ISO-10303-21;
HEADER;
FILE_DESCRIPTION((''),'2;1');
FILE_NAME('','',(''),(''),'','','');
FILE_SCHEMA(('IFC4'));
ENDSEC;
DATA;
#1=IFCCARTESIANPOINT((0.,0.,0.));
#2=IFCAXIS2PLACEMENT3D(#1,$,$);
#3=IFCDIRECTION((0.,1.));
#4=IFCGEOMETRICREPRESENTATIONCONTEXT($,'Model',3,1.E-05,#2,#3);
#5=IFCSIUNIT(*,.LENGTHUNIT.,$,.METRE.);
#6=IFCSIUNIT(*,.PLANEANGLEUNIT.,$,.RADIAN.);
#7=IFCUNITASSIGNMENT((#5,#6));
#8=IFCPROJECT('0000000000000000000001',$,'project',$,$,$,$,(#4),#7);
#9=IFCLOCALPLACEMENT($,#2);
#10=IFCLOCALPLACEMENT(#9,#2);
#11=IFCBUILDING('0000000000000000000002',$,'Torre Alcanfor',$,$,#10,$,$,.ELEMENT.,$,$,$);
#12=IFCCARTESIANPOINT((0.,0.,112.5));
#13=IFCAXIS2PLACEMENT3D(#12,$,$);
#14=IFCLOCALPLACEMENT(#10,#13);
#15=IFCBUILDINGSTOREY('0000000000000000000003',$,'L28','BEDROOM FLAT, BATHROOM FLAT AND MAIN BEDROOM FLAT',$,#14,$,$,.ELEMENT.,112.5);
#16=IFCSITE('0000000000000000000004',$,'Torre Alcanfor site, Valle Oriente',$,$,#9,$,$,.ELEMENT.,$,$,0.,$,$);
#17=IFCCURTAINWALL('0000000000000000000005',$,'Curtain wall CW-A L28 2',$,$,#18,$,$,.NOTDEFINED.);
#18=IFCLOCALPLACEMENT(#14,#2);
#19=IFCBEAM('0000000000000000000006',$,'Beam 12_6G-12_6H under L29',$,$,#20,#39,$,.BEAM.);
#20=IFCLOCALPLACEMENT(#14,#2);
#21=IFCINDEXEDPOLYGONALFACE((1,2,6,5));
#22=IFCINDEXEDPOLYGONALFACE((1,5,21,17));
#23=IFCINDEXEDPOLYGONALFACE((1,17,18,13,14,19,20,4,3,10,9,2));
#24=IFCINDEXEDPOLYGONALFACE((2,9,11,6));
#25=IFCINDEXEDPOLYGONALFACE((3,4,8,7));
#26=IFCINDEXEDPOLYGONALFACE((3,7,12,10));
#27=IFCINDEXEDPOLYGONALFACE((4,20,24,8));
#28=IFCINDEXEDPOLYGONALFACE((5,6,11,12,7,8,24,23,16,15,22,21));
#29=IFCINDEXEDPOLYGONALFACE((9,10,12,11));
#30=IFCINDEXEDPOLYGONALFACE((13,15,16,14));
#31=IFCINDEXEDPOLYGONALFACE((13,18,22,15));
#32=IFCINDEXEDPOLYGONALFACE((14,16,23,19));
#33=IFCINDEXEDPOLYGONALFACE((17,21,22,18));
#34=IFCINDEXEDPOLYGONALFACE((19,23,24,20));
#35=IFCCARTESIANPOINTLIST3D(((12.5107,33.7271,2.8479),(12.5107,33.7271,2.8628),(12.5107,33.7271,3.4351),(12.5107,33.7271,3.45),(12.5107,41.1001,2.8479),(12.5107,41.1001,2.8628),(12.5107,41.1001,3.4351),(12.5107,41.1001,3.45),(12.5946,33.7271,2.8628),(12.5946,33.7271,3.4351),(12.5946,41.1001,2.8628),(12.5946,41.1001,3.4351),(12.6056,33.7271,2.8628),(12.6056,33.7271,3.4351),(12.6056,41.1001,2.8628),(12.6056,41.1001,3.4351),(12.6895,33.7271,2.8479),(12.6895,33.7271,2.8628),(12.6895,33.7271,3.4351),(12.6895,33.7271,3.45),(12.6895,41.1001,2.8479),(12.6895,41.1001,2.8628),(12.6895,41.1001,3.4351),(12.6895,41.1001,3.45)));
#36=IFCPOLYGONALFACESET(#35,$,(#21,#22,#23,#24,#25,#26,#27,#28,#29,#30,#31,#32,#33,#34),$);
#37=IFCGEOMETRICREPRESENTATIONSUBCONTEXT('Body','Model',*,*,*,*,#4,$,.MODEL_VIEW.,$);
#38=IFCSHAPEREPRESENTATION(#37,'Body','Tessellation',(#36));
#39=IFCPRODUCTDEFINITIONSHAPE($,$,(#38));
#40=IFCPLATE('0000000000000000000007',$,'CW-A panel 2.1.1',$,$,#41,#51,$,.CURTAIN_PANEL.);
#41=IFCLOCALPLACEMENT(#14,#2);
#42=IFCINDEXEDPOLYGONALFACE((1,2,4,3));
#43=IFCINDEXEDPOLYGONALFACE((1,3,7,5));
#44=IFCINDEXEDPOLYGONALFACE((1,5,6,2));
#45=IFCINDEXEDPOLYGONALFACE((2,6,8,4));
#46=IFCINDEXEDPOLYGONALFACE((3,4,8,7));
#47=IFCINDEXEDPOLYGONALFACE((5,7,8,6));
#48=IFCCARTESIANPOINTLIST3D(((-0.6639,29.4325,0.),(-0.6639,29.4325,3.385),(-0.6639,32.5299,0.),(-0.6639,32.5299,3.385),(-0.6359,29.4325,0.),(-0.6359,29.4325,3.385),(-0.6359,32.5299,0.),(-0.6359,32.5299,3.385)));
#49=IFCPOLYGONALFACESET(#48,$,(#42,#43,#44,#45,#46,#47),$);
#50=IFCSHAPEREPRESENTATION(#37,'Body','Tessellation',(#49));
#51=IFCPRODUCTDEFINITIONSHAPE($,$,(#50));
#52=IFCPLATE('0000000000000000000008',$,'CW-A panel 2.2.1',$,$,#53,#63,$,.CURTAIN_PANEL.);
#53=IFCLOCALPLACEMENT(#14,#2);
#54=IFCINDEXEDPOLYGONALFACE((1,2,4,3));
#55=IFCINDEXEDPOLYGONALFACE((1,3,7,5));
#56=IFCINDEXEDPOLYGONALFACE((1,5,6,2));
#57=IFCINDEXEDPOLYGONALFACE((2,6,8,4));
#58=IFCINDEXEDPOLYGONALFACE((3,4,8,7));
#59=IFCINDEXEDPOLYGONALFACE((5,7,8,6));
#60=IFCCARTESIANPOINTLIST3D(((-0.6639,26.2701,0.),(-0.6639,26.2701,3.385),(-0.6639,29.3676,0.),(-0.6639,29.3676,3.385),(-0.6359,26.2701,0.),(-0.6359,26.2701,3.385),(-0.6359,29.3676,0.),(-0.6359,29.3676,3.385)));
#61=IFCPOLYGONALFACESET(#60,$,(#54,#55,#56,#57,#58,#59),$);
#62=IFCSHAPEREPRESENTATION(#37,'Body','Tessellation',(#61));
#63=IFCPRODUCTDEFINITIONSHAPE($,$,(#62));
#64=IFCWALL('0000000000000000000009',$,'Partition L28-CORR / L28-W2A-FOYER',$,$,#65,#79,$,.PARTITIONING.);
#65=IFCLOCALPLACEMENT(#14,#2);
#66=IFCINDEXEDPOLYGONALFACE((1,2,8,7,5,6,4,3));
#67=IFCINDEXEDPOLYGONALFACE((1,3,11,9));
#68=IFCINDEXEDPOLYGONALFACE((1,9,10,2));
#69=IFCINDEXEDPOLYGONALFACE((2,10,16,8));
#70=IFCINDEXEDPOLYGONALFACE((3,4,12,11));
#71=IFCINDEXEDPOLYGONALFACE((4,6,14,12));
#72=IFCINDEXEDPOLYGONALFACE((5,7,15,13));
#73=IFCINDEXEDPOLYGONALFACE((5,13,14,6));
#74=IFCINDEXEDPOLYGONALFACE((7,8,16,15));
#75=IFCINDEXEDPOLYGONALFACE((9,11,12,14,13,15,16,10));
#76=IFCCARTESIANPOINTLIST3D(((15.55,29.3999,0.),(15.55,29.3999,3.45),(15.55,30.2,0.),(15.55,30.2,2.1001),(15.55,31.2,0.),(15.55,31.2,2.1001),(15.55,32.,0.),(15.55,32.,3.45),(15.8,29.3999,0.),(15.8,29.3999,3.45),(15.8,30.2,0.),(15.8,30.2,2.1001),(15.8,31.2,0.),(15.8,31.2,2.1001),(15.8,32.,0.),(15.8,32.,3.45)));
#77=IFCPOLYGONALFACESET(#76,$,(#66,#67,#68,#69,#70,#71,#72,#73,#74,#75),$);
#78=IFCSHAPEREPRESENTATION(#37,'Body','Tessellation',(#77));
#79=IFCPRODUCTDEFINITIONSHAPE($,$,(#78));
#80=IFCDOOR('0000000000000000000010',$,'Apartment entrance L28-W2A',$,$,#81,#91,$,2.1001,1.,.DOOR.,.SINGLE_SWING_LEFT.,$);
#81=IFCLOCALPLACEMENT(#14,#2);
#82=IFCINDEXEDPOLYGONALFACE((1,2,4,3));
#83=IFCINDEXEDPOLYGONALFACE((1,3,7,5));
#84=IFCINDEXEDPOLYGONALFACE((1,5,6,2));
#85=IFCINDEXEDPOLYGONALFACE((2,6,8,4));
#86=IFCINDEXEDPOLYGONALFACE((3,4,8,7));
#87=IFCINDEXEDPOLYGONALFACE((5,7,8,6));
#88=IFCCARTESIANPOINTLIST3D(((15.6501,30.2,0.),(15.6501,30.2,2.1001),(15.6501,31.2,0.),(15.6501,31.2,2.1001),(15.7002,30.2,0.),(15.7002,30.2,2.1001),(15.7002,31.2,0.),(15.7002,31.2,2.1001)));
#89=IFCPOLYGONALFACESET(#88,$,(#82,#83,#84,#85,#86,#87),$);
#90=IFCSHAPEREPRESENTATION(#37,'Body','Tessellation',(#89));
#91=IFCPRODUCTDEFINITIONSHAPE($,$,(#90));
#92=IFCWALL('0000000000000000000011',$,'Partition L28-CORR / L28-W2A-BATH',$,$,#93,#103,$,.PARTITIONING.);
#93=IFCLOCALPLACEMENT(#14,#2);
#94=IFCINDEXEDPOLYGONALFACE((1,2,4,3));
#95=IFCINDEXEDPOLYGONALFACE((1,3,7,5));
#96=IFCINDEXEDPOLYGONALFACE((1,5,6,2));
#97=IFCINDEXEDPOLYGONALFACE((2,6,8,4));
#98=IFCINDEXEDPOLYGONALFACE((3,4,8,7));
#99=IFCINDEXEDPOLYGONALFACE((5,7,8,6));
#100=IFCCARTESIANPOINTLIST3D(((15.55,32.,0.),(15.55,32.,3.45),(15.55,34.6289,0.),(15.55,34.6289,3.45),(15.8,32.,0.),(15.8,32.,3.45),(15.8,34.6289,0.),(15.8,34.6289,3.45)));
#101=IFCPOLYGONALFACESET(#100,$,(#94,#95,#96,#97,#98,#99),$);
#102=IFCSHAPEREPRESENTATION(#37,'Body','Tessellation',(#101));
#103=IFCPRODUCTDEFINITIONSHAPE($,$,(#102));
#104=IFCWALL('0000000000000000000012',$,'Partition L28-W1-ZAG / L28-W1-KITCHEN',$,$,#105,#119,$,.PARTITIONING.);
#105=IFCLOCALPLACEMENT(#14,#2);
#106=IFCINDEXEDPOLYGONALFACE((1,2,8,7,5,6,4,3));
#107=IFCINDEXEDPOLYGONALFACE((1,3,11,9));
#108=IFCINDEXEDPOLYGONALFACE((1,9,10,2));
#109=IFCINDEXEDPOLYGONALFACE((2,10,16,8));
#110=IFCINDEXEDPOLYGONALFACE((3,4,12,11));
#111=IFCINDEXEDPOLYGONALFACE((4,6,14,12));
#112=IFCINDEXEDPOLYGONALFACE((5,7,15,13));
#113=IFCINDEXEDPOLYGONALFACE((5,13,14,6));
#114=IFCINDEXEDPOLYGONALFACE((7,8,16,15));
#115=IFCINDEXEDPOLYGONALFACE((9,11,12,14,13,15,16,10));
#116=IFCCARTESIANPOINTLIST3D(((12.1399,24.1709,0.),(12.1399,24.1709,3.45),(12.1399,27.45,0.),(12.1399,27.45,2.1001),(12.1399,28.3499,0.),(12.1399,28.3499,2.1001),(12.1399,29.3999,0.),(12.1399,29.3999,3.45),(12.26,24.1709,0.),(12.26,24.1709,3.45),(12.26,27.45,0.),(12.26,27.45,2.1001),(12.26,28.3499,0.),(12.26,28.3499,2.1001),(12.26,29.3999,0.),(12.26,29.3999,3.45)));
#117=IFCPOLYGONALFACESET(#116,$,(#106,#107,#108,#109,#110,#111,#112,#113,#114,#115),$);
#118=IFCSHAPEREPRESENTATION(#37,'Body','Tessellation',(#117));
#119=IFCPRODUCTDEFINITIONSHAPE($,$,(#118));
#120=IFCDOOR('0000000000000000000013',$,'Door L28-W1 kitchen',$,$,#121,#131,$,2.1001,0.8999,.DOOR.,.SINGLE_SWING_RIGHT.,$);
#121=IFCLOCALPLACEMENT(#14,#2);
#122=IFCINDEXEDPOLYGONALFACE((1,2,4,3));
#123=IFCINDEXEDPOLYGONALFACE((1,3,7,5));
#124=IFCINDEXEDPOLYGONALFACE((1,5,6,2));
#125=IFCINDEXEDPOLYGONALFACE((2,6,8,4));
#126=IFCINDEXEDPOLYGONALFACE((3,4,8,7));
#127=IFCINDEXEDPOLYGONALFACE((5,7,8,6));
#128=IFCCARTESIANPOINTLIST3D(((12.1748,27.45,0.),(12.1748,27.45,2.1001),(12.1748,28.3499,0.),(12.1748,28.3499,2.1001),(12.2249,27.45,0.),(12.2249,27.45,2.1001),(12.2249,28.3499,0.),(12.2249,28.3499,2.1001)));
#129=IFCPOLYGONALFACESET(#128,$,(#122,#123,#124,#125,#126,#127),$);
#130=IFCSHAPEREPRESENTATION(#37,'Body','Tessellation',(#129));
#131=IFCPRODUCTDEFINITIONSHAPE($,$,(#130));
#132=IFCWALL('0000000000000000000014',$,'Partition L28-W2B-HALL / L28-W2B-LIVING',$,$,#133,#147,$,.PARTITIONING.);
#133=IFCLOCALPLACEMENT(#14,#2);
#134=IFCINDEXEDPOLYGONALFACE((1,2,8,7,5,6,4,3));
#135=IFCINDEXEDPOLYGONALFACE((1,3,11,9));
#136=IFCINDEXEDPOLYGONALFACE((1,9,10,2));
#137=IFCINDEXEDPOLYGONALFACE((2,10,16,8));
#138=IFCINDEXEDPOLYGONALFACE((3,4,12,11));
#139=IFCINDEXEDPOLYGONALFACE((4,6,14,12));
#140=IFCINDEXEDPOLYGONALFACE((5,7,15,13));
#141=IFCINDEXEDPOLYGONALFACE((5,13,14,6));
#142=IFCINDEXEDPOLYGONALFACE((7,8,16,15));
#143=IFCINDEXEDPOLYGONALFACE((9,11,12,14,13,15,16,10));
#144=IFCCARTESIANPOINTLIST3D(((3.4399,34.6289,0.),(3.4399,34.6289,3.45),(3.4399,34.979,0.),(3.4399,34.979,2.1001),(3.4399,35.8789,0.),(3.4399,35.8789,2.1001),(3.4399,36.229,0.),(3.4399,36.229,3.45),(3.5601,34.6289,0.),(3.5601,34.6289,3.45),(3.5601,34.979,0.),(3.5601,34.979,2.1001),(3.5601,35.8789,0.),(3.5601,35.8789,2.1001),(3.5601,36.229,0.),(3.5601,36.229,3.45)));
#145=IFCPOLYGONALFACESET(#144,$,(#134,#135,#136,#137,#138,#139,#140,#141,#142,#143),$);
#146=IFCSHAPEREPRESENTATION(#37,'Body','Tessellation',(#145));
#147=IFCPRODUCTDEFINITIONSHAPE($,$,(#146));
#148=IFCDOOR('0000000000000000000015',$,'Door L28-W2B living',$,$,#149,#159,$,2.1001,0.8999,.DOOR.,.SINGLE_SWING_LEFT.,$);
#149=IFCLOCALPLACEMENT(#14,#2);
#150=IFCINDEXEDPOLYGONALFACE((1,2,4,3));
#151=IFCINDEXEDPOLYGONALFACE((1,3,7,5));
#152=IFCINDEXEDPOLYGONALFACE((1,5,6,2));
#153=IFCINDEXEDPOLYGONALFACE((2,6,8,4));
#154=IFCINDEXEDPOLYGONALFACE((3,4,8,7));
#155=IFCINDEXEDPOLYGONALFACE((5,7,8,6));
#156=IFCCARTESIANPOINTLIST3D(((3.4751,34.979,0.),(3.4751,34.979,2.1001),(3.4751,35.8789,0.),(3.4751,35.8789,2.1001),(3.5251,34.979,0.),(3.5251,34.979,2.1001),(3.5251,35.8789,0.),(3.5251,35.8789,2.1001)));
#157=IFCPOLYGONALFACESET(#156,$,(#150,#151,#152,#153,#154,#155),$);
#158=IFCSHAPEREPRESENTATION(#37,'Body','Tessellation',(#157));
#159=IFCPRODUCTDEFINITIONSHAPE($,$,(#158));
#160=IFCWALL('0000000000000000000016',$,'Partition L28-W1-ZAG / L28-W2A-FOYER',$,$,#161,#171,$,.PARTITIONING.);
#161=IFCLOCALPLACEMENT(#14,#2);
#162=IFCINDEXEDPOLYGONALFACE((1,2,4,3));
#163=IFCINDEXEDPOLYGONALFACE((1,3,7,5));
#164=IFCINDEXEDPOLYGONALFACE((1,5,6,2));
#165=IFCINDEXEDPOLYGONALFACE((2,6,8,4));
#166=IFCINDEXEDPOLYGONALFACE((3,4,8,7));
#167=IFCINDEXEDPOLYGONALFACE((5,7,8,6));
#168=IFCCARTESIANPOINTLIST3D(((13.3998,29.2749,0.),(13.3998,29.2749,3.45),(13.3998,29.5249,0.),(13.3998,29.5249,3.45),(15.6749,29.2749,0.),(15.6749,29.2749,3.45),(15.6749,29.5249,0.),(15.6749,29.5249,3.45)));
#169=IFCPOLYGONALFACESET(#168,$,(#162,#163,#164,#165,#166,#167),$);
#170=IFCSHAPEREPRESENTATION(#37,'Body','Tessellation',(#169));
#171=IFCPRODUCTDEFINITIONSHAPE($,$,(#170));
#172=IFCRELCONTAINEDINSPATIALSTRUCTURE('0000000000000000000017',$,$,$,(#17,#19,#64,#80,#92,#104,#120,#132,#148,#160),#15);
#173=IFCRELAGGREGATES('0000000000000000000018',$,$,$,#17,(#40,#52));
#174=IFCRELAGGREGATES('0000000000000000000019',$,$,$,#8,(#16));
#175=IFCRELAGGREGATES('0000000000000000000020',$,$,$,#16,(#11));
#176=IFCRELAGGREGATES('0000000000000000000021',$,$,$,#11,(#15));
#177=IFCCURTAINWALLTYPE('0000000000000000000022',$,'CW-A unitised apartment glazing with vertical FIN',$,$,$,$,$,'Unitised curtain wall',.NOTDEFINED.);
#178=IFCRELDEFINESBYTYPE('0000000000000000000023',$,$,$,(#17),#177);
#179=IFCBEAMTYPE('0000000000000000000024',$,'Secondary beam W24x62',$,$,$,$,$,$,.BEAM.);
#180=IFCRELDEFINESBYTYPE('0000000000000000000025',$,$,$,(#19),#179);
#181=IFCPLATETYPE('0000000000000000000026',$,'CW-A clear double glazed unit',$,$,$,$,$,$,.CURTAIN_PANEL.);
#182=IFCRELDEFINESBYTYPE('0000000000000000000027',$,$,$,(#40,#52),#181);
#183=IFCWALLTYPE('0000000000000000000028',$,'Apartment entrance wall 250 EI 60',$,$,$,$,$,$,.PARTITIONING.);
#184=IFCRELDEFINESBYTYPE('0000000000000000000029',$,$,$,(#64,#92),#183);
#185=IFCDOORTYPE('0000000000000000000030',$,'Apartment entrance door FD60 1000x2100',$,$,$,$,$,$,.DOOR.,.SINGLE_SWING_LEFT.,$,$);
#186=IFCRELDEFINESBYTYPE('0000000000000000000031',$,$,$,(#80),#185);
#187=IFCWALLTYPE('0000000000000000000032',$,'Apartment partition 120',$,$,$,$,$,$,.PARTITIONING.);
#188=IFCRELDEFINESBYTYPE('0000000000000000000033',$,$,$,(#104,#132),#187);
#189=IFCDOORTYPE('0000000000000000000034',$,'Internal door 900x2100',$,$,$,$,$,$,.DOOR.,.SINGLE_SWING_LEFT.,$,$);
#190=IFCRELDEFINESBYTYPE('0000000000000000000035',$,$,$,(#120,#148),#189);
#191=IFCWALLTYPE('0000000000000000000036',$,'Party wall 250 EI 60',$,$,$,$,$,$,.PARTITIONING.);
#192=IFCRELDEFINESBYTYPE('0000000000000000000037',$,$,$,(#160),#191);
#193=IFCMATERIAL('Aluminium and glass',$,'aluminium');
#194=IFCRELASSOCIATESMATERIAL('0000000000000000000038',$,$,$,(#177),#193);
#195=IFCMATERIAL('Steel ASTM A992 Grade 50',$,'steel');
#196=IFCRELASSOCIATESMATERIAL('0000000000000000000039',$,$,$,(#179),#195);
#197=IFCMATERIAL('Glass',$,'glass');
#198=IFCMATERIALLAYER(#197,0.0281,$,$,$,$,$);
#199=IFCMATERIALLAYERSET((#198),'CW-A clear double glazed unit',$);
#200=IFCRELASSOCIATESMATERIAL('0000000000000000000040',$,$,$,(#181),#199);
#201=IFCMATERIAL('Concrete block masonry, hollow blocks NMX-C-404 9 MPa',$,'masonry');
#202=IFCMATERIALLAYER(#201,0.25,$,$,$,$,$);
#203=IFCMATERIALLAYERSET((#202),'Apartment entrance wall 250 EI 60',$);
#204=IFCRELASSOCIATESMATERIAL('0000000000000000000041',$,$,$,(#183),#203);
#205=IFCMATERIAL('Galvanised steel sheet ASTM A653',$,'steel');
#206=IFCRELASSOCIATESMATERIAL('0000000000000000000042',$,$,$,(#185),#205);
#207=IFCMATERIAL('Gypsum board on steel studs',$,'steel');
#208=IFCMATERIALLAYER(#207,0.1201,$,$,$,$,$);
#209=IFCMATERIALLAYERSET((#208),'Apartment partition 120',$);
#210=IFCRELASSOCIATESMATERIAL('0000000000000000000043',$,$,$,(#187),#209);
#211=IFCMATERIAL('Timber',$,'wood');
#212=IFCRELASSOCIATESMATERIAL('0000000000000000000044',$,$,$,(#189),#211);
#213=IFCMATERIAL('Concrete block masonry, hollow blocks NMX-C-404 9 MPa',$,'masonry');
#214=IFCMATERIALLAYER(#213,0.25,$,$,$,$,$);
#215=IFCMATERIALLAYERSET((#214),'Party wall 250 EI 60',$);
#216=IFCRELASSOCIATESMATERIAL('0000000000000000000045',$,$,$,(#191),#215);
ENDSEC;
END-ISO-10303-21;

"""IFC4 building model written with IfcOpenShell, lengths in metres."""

from ifc_helpers import new_model, si_unit, direction, frame, frame_2d, origin, origin_2d, place, context, subcontext, project, spatial, rectangle, i_section, extrude, material, layer, layer_set, material_profile, profile_set, type_object, element, fill, aggregate, save


model = new_model("IFC4")

# Units and contexts
model_context = context("Model", 3, precision=1e-05, world=origin(), true_north=direction((0.0, 1.0)))
body_context = subcontext(model_context, "Body", "Model", "MODEL_VIEW")
ifc_project = project(units=[si_unit("LENGTHUNIT", "METRE"), si_unit("PLANEANGLEUNIT", "RADIAN")], contexts=[model_context])

# Site, building, storey
site_placement = place(None, origin())
site = spatial("IfcSite", under=ifc_project, at=site_placement, Name="Torre Alcanfor site, Valle Oriente", CompositionType="ELEMENT", RefElevation=0.0)
building_placement = place(site_placement, origin())
building = spatial("IfcBuilding", under=site, at=building_placement, Name="Torre Alcanfor", CompositionType="ELEMENT")
storey_placement = place(building_placement, frame((0.0, 0.0, 112.5)))
storey = spatial("IfcBuildingStorey", under=building, at=storey_placement, Name="L28", Description="BEDROOM FLAT, BATHROOM FLAT AND MAIN BEDROOM FLAT", CompositionType="ELEMENT", Elevation=112.5)

# Curtain wall
ifc_material_1 = material(Name="Aluminium and glass", Category="aluminium")
curtain_wall_type = type_object("IfcCurtainWallType", Name="CW-A unitised apartment glazing with vertical FIN", ElementType="Unitised curtain wall", PredefinedType="NOTDEFINED", material=ifc_material_1)
curtain_wall_placement = place(storey_placement, origin())
curtain_wall = element("IfcCurtainWall", 1, at=curtain_wall_placement, inside=storey, type_object=curtain_wall_type, Name="Curtain wall CW-A L28 2", PredefinedType="NOTDEFINED")

# Beam
ifc_material_2 = material(Name="Steel ASTM A992 Grade 50", Category="steel")
ifc_material_profile_1 = material_profile(ifc_material_2, i_section(OverallWidth=0.1787, OverallDepth=0.6021, WebThickness=0.011, FlangeThickness=0.0149, at=origin_2d()), Name="W24x62")
ifc_profile_set_1 = profile_set([ifc_material_profile_1], Name="Steel ASTM A992 Grade 50")
beam_type_1 = type_object("IfcBeamType", Name="Secondary beam W24x62", PredefinedType="BEAM", material=ifc_profile_set_1)
for number, where, z_axis, x_axis, name in (
    (2, (12.6001, 33.7271, 3.1489), (0.0, 1.0, 0.0), (-1.0, 0.0, 0.0), "Beam 12_6G-12_6H under L29"),
):
    element("IfcBeam", number, at=place(storey_placement, frame(where, z_axis=z_axis, x_axis=x_axis)), inside=storey, type_object=beam_type_1, Name=name, PredefinedType="BEAM", context=body_context, shape_type="SweptSolid", body=[
        extrude(i_section(OverallWidth=0.1787, OverallDepth=0.6021, WebThickness=0.011, FlangeThickness=0.0149, at=origin_2d()), origin(), (0.0, 0.0, 1.0), 7.373),
    ])

# Plates
ifc_material_3 = material(Name="Glass", Category="glass")
ifc_layer_1 = layer(ifc_material_3, 0.0281)
ifc_layer_set_1 = layer_set([ifc_layer_1], Name="CW-A clear double glazed unit")
plate_type = type_object("IfcPlateType", Name="CW-A clear double glazed unit", PredefinedType="CURTAIN_PANEL", material=ifc_layer_set_1)
plate_1_placement = place(storey_placement, frame((-0.6499, 30.9812, 0.0), z_axis=(0.0, 0.0, 1.0), x_axis=(0.0, -1.0, 0.0)))
plate_1 = element("IfcPlate", 3, at=plate_1_placement, type_object=plate_type, Name="CW-A panel 2.1.1", PredefinedType="CURTAIN_PANEL", context=body_context, shape_type="SweptSolid", body=[
    extrude(rectangle(XDim=3.0974, YDim=0.0281, at=origin_2d()), origin(), (0.0, 0.0, 1.0), 3.385),
])
plate_2_placement = place(storey_placement, frame((-0.6499, 27.8188, 0.0), z_axis=(0.0, 0.0, 1.0), x_axis=(0.0, -1.0, 0.0)))
plate_2 = element("IfcPlate", 4, at=plate_2_placement, type_object=plate_type, Name="CW-A panel 2.2.1", PredefinedType="CURTAIN_PANEL", context=body_context, shape_type="SweptSolid", body=[
    extrude(rectangle(XDim=3.0974, YDim=0.0281, at=origin_2d()), origin(), (0.0, 0.0, 1.0), 3.385),
])
aggregate(curtain_wall, [plate_1, plate_2])

# Wall, opening, door
ifc_material_4 = material(Name="Concrete block masonry, hollow blocks NMX-C-404 9 MPa", Category="masonry")
ifc_layer_2 = layer(ifc_material_4, 0.25)
ifc_layer_set_2 = layer_set([ifc_layer_2], Name="Apartment entrance wall 250 EI 60")
wall_type_1 = type_object("IfcWallType", Name="Apartment entrance wall 250 EI 60", PredefinedType="PARTITIONING", material=ifc_layer_set_2)
wall_1_placement = place(storey_placement, frame((15.675, 29.3999, 0.0), z_axis=(0.0, 0.0, 1.0), x_axis=(0.0, 1.0, 0.0)))
wall_1 = element("IfcWall", 5, at=wall_1_placement, inside=storey, type_object=wall_type_1, Name="Partition L28-CORR / L28-W2A-FOYER", PredefinedType="PARTITIONING", context=body_context, shape_type="SweptSolid", body=[
    extrude(rectangle(XDim=2.6001, YDim=0.25, at=frame_2d((1.3, 0.0))), origin(), (0.0, 0.0, 1.0), 3.45),
])
opening_1_placement = place(wall_1_placement, frame((0.8, 0.0, 0.0)))
opening_1 = element("IfcOpeningElement", 6, at=opening_1_placement, cuts=wall_1, PredefinedType="OPENING", context=body_context, shape_type="SweptSolid", body=[
    extrude(rectangle(XDim=1.0, YDim=2.1001, at=frame_2d((0.5, 1.05))), frame((0.0, 0.135, 0.0), z_axis=(0.0, -1.0, 0.0), x_axis=(1.0, 0.0, 0.0)), (0.0, 0.0, 1.0), 0.27),
])
ifc_material_5 = material(Name="Galvanised steel sheet ASTM A653", Category="steel")
door_type_1 = type_object("IfcDoorType", Name="Apartment entrance door FD60 1000x2100", OperationType="SINGLE_SWING_LEFT", PredefinedType="DOOR", material=ifc_material_5)
door_1_placement = place(opening_1_placement, origin())
door_1 = element("IfcDoor", 7, at=door_1_placement, inside=storey, type_object=door_type_1, Name="Apartment entrance L28-W2A", OperationType="SINGLE_SWING_LEFT", OverallHeight=2.1001, OverallWidth=1.0, PredefinedType="DOOR", context=body_context, shape_type="SweptSolid", body=[
    extrude(rectangle(XDim=1.0, YDim=2.1001, at=frame_2d((0.5, 1.05))), frame((0.0, 0.0249, 0.0), z_axis=(0.0, -1.0, 0.0), x_axis=(1.0, 0.0, 0.0)), (0.0, 0.0, 1.0), 0.05),
])
fill(opening_1, door_1)

# Wall
wall_2_placement = place(storey_placement, frame((15.675, 32.0, 0.0), z_axis=(0.0, 0.0, 1.0), x_axis=(0.0, 1.0, 0.0)))
element("IfcWall", 8, at=wall_2_placement, inside=storey, type_object=wall_type_1, Name="Partition L28-CORR / L28-W2A-BATH", PredefinedType="PARTITIONING", context=body_context, shape_type="SweptSolid", body=[
    extrude(rectangle(XDim=2.6289, YDim=0.25, at=frame_2d((1.3145, 0.0))), origin(), (0.0, 0.0, 1.0), 3.45),
])

# Walls, openings, doors
ifc_material_6 = material(Name="Gypsum board on steel studs", Category="steel")
ifc_layer_3 = layer(ifc_material_6, 0.1201)
ifc_layer_set_3 = layer_set([ifc_layer_3], Name="Apartment partition 120")
wall_type_2 = type_object("IfcWallType", Name="Apartment partition 120", PredefinedType="PARTITIONING", material=ifc_layer_set_3)
wall_3_placement = place(storey_placement, frame((12.2, 29.3999, 0.0), z_axis=(0.0, 0.0, 1.0), x_axis=(0.0, -1.0, 0.0)))
wall_3 = element("IfcWall", 9, at=wall_3_placement, inside=storey, type_object=wall_type_2, Name="Partition L28-W1-ZAG / L28-W1-KITCHEN", PredefinedType="PARTITIONING", context=body_context, shape_type="SweptSolid", body=[
    extrude(rectangle(XDim=5.229, YDim=0.1201, at=frame_2d((2.6145, 0.0))), origin(), (0.0, 0.0, 1.0), 3.45),
])
opening_2_placement = place(wall_3_placement, frame((1.05, 0.0, 0.0)))
opening_2 = element("IfcOpeningElement", 10, at=opening_2_placement, cuts=wall_3, PredefinedType="OPENING", context=body_context, shape_type="SweptSolid", body=[
    extrude(rectangle(XDim=0.8999, YDim=2.1001, at=frame_2d((0.45, 1.05))), frame((0.0, 0.0701, 0.0), z_axis=(0.0, -1.0, 0.0), x_axis=(1.0, 0.0, 0.0)), (0.0, 0.0, 1.0), 0.1401),
])
ifc_material_7 = material(Name="Timber", Category="wood")
door_type_2 = type_object("IfcDoorType", Name="Internal door 900x2100", OperationType="SINGLE_SWING_LEFT", PredefinedType="DOOR", material=ifc_material_7)
door_2_placement = place(opening_2_placement, frame((0.8999, 0.0, 0.0), z_axis=(0.0, 0.0, 1.0), x_axis=(-1.0, 0.0, 0.0)))
door_2 = element("IfcDoor", 11, at=door_2_placement, inside=storey, type_object=door_type_2, Name="Door L28-W1 kitchen", OperationType="SINGLE_SWING_RIGHT", OverallHeight=2.1001, OverallWidth=0.8999, PredefinedType="DOOR", context=body_context, shape_type="SweptSolid", body=[
    extrude(rectangle(XDim=0.8999, YDim=2.1001, at=frame_2d((0.45, 1.05))), frame((0.0, 0.0251, 0.0), z_axis=(0.0, -1.0, 0.0), x_axis=(1.0, 0.0, 0.0)), (0.0, 0.0, 1.0), 0.05),
])
fill(opening_2, door_2)
wall_4_placement = place(storey_placement, frame((3.5, 34.6289, 0.0), z_axis=(0.0, 0.0, 1.0), x_axis=(0.0, 1.0, 0.0)))
wall_4 = element("IfcWall", 12, at=wall_4_placement, inside=storey, type_object=wall_type_2, Name="Partition L28-W2B-HALL / L28-W2B-LIVING", PredefinedType="PARTITIONING", context=body_context, shape_type="SweptSolid", body=[
    extrude(rectangle(XDim=1.6001, YDim=0.1201, at=frame_2d((0.8, 0.0))), origin(), (0.0, 0.0, 1.0), 3.45),
])
opening_3_placement = place(wall_4_placement, frame((0.3501, 0.0, 0.0)))
opening_3 = element("IfcOpeningElement", 13, at=opening_3_placement, cuts=wall_4, PredefinedType="OPENING", context=body_context, shape_type="SweptSolid", body=[
    extrude(rectangle(XDim=0.8999, YDim=2.1001, at=frame_2d((0.45, 1.05))), frame((0.0, 0.0701, 0.0), z_axis=(0.0, -1.0, 0.0), x_axis=(1.0, 0.0, 0.0)), (0.0, 0.0, 1.0), 0.1401),
])
door_3_placement = place(opening_3_placement, origin())
door_3 = element("IfcDoor", 14, at=door_3_placement, inside=storey, type_object=door_type_2, Name="Door L28-W2B living", OperationType="SINGLE_SWING_LEFT", OverallHeight=2.1001, OverallWidth=0.8999, PredefinedType="DOOR", context=body_context, shape_type="SweptSolid", body=[
    extrude(rectangle(XDim=0.8999, YDim=2.1001, at=frame_2d((0.45, 1.05))), frame((0.0, 0.0249, 0.0), z_axis=(0.0, -1.0, 0.0), x_axis=(1.0, 0.0, 0.0)), (0.0, 0.0, 1.0), 0.05),
])
fill(opening_3, door_3)

# Wall
ifc_material_8 = material(Name="Concrete block masonry, hollow blocks NMX-C-404 9 MPa", Category="masonry")
ifc_layer_4 = layer(ifc_material_8, 0.25)
ifc_layer_set_4 = layer_set([ifc_layer_4], Name="Party wall 250 EI 60")
wall_type_3 = type_object("IfcWallType", Name="Party wall 250 EI 60", PredefinedType="PARTITIONING", material=ifc_layer_set_4)
wall_5_placement = place(storey_placement, frame((15.675, 29.3999, 0.0), z_axis=(0.0, 0.0, 1.0), x_axis=(-1.0, 0.0, 0.0)))
element("IfcWall", 15, at=wall_5_placement, inside=storey, type_object=wall_type_3, Name="Partition L28-W1-ZAG / L28-W2A-FOYER", PredefinedType="PARTITIONING", context=body_context, shape_type="SweptSolid", body=[
    extrude(rectangle(XDim=2.2751, YDim=0.25, at=frame_2d((1.1377, 0.0))), origin(), (0.0, 0.0, 1.0), 3.45),
])

save(model, "model.ifc")
